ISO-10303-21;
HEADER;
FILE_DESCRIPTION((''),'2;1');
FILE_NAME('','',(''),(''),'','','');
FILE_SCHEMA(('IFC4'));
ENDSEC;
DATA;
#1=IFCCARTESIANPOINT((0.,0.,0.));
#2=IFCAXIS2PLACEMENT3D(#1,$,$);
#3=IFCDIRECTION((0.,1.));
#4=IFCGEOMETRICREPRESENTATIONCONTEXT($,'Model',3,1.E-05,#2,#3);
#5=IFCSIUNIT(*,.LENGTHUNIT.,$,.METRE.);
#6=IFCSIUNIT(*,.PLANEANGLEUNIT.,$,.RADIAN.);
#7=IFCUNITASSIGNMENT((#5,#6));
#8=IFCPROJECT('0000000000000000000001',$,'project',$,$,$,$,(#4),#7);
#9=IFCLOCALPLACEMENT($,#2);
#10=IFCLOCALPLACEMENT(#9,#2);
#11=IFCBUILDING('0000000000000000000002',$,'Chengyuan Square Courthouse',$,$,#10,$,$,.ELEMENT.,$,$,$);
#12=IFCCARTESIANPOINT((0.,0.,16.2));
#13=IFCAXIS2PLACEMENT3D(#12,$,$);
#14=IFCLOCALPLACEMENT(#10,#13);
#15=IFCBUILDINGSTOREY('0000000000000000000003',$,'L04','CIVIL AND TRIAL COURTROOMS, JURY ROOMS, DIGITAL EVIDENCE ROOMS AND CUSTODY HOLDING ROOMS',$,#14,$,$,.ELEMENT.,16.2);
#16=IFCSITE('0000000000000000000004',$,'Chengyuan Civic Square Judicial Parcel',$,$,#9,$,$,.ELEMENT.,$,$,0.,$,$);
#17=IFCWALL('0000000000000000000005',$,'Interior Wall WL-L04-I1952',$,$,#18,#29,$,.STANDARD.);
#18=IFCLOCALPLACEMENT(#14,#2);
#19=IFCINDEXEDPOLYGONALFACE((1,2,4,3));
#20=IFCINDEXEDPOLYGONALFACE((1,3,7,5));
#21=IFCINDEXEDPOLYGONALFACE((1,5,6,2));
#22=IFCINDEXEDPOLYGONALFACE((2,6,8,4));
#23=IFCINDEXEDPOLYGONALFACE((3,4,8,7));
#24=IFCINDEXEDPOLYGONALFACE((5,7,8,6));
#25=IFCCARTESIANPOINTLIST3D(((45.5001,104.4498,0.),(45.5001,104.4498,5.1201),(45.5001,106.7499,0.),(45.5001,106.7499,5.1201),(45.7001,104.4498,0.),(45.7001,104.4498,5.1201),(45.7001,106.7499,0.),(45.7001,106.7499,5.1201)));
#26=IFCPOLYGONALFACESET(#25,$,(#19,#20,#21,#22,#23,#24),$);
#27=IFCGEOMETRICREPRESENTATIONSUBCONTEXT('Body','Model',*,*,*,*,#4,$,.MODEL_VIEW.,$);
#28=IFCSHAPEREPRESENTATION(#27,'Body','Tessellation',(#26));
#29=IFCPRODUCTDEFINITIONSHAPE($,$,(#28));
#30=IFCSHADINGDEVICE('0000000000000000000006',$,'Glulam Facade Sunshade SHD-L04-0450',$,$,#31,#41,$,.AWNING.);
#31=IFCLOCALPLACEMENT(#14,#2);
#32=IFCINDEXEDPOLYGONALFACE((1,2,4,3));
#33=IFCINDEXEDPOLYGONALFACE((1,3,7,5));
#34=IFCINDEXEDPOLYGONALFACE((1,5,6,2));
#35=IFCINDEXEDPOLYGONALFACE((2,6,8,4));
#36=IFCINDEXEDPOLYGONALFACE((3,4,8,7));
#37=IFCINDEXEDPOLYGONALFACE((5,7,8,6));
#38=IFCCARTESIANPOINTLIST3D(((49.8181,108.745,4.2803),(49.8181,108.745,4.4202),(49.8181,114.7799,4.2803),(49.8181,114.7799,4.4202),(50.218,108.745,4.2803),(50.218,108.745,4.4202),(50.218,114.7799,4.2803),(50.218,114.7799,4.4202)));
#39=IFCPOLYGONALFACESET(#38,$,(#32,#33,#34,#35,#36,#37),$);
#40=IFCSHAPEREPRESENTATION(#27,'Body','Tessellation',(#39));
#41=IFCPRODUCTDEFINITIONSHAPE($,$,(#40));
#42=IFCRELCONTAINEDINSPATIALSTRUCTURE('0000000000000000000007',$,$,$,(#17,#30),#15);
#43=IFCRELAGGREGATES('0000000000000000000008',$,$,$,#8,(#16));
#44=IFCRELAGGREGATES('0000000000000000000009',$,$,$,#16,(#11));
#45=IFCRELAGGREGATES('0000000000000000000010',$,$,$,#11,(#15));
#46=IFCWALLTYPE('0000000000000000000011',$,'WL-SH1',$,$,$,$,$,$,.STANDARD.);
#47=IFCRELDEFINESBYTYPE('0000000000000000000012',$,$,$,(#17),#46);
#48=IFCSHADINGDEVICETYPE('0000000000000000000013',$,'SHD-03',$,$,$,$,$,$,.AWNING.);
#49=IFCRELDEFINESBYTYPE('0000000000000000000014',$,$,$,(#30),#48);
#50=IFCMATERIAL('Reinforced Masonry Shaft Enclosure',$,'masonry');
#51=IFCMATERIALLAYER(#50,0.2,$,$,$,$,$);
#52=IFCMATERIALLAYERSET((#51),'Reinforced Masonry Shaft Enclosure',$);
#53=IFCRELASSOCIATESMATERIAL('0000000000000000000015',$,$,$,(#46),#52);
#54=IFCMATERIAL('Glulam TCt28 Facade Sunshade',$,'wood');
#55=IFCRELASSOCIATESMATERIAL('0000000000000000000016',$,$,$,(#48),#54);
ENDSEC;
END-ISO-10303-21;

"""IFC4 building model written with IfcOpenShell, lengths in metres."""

from ifc_helpers import new_model, si_unit, direction, frame, frame_2d, origin, origin_2d, place, context, subcontext, project, spatial, rectangle, extrude, material, layer, layer_set, type_object, element, save


model = new_model("IFC4")

# Units and contexts
model_context = context("Model", 3, precision=1e-05, world=origin(), true_north=direction((0.0, 1.0)))
body_context = subcontext(model_context, "Body", "Model", "MODEL_VIEW")
ifc_project = project(units=[si_unit("LENGTHUNIT", "METRE"), si_unit("PLANEANGLEUNIT", "RADIAN")], contexts=[model_context])

# Site, building, storey
site_placement = place(None, origin())
site = spatial("IfcSite", under=ifc_project, at=site_placement, Name="Chengyuan Civic Square Judicial Parcel", CompositionType="ELEMENT", RefElevation=0.0)
building_placement = place(site_placement, origin())
building = spatial("IfcBuilding", under=site, at=building_placement, Name="Chengyuan Square Courthouse", CompositionType="ELEMENT")
storey_placement = place(building_placement, frame((0.0, 0.0, 16.2)))
storey = spatial("IfcBuildingStorey", under=building, at=storey_placement, Name="L04", Description="CIVIL AND TRIAL COURTROOMS, JURY ROOMS, DIGITAL EVIDENCE ROOMS AND CUSTODY HOLDING ROOMS", CompositionType="ELEMENT", Elevation=16.2)

# Wall
ifc_material_1 = material(Name="Reinforced Masonry Shaft Enclosure", Category="masonry")
ifc_layer_1 = layer(ifc_material_1, 0.2)
ifc_layer_set_1 = layer_set([ifc_layer_1], Name="Reinforced Masonry Shaft Enclosure")
wall_type_1 = type_object("IfcWallType", Name="WL-SH1", PredefinedType="STANDARD", material=ifc_layer_set_1)
wall_1_placement = place(storey_placement, frame((45.6001, 104.45, 0.0), z_axis=(0.0, 0.0, 1.0), x_axis=(0.0, 1.0, 0.0)))
element("IfcWall", 1, at=wall_1_placement, inside=storey, type_object=wall_type_1, Name="Interior Wall WL-L04-I1952", PredefinedType="STANDARD", context=body_context, shape_type="SweptSolid", body=[
    extrude(rectangle(XDim=2.3, YDim=0.2, at=frame_2d((1.1499, 0.0))), origin(), (0.0, 0.0, 1.0), 5.1201),
])

# Shading device
ifc_material_2 = material(Name="Glulam TCt28 Facade Sunshade", Category="wood")
shading_device_type = type_object("IfcShadingDeviceType", Name="SHD-03", PredefinedType="AWNING", material=ifc_material_2)
shading_device_placement = place(storey_placement, frame((50.0181, 111.7625, 4.2803), z_axis=(0.0, 0.0, 1.0), x_axis=(0.0, 1.0, 0.0)))
element("IfcShadingDevice", 2, at=shading_device_placement, inside=storey, type_object=shading_device_type, Name="Glulam Facade Sunshade SHD-L04-0450", PredefinedType="AWNING", context=body_context, shape_type="SweptSolid", body=[
    extrude(rectangle(XDim=6.0349, YDim=0.3999, at=origin_2d()), origin(), (0.0, 0.0, 1.0), 0.1399),
])

save(model, "model.ifc")
